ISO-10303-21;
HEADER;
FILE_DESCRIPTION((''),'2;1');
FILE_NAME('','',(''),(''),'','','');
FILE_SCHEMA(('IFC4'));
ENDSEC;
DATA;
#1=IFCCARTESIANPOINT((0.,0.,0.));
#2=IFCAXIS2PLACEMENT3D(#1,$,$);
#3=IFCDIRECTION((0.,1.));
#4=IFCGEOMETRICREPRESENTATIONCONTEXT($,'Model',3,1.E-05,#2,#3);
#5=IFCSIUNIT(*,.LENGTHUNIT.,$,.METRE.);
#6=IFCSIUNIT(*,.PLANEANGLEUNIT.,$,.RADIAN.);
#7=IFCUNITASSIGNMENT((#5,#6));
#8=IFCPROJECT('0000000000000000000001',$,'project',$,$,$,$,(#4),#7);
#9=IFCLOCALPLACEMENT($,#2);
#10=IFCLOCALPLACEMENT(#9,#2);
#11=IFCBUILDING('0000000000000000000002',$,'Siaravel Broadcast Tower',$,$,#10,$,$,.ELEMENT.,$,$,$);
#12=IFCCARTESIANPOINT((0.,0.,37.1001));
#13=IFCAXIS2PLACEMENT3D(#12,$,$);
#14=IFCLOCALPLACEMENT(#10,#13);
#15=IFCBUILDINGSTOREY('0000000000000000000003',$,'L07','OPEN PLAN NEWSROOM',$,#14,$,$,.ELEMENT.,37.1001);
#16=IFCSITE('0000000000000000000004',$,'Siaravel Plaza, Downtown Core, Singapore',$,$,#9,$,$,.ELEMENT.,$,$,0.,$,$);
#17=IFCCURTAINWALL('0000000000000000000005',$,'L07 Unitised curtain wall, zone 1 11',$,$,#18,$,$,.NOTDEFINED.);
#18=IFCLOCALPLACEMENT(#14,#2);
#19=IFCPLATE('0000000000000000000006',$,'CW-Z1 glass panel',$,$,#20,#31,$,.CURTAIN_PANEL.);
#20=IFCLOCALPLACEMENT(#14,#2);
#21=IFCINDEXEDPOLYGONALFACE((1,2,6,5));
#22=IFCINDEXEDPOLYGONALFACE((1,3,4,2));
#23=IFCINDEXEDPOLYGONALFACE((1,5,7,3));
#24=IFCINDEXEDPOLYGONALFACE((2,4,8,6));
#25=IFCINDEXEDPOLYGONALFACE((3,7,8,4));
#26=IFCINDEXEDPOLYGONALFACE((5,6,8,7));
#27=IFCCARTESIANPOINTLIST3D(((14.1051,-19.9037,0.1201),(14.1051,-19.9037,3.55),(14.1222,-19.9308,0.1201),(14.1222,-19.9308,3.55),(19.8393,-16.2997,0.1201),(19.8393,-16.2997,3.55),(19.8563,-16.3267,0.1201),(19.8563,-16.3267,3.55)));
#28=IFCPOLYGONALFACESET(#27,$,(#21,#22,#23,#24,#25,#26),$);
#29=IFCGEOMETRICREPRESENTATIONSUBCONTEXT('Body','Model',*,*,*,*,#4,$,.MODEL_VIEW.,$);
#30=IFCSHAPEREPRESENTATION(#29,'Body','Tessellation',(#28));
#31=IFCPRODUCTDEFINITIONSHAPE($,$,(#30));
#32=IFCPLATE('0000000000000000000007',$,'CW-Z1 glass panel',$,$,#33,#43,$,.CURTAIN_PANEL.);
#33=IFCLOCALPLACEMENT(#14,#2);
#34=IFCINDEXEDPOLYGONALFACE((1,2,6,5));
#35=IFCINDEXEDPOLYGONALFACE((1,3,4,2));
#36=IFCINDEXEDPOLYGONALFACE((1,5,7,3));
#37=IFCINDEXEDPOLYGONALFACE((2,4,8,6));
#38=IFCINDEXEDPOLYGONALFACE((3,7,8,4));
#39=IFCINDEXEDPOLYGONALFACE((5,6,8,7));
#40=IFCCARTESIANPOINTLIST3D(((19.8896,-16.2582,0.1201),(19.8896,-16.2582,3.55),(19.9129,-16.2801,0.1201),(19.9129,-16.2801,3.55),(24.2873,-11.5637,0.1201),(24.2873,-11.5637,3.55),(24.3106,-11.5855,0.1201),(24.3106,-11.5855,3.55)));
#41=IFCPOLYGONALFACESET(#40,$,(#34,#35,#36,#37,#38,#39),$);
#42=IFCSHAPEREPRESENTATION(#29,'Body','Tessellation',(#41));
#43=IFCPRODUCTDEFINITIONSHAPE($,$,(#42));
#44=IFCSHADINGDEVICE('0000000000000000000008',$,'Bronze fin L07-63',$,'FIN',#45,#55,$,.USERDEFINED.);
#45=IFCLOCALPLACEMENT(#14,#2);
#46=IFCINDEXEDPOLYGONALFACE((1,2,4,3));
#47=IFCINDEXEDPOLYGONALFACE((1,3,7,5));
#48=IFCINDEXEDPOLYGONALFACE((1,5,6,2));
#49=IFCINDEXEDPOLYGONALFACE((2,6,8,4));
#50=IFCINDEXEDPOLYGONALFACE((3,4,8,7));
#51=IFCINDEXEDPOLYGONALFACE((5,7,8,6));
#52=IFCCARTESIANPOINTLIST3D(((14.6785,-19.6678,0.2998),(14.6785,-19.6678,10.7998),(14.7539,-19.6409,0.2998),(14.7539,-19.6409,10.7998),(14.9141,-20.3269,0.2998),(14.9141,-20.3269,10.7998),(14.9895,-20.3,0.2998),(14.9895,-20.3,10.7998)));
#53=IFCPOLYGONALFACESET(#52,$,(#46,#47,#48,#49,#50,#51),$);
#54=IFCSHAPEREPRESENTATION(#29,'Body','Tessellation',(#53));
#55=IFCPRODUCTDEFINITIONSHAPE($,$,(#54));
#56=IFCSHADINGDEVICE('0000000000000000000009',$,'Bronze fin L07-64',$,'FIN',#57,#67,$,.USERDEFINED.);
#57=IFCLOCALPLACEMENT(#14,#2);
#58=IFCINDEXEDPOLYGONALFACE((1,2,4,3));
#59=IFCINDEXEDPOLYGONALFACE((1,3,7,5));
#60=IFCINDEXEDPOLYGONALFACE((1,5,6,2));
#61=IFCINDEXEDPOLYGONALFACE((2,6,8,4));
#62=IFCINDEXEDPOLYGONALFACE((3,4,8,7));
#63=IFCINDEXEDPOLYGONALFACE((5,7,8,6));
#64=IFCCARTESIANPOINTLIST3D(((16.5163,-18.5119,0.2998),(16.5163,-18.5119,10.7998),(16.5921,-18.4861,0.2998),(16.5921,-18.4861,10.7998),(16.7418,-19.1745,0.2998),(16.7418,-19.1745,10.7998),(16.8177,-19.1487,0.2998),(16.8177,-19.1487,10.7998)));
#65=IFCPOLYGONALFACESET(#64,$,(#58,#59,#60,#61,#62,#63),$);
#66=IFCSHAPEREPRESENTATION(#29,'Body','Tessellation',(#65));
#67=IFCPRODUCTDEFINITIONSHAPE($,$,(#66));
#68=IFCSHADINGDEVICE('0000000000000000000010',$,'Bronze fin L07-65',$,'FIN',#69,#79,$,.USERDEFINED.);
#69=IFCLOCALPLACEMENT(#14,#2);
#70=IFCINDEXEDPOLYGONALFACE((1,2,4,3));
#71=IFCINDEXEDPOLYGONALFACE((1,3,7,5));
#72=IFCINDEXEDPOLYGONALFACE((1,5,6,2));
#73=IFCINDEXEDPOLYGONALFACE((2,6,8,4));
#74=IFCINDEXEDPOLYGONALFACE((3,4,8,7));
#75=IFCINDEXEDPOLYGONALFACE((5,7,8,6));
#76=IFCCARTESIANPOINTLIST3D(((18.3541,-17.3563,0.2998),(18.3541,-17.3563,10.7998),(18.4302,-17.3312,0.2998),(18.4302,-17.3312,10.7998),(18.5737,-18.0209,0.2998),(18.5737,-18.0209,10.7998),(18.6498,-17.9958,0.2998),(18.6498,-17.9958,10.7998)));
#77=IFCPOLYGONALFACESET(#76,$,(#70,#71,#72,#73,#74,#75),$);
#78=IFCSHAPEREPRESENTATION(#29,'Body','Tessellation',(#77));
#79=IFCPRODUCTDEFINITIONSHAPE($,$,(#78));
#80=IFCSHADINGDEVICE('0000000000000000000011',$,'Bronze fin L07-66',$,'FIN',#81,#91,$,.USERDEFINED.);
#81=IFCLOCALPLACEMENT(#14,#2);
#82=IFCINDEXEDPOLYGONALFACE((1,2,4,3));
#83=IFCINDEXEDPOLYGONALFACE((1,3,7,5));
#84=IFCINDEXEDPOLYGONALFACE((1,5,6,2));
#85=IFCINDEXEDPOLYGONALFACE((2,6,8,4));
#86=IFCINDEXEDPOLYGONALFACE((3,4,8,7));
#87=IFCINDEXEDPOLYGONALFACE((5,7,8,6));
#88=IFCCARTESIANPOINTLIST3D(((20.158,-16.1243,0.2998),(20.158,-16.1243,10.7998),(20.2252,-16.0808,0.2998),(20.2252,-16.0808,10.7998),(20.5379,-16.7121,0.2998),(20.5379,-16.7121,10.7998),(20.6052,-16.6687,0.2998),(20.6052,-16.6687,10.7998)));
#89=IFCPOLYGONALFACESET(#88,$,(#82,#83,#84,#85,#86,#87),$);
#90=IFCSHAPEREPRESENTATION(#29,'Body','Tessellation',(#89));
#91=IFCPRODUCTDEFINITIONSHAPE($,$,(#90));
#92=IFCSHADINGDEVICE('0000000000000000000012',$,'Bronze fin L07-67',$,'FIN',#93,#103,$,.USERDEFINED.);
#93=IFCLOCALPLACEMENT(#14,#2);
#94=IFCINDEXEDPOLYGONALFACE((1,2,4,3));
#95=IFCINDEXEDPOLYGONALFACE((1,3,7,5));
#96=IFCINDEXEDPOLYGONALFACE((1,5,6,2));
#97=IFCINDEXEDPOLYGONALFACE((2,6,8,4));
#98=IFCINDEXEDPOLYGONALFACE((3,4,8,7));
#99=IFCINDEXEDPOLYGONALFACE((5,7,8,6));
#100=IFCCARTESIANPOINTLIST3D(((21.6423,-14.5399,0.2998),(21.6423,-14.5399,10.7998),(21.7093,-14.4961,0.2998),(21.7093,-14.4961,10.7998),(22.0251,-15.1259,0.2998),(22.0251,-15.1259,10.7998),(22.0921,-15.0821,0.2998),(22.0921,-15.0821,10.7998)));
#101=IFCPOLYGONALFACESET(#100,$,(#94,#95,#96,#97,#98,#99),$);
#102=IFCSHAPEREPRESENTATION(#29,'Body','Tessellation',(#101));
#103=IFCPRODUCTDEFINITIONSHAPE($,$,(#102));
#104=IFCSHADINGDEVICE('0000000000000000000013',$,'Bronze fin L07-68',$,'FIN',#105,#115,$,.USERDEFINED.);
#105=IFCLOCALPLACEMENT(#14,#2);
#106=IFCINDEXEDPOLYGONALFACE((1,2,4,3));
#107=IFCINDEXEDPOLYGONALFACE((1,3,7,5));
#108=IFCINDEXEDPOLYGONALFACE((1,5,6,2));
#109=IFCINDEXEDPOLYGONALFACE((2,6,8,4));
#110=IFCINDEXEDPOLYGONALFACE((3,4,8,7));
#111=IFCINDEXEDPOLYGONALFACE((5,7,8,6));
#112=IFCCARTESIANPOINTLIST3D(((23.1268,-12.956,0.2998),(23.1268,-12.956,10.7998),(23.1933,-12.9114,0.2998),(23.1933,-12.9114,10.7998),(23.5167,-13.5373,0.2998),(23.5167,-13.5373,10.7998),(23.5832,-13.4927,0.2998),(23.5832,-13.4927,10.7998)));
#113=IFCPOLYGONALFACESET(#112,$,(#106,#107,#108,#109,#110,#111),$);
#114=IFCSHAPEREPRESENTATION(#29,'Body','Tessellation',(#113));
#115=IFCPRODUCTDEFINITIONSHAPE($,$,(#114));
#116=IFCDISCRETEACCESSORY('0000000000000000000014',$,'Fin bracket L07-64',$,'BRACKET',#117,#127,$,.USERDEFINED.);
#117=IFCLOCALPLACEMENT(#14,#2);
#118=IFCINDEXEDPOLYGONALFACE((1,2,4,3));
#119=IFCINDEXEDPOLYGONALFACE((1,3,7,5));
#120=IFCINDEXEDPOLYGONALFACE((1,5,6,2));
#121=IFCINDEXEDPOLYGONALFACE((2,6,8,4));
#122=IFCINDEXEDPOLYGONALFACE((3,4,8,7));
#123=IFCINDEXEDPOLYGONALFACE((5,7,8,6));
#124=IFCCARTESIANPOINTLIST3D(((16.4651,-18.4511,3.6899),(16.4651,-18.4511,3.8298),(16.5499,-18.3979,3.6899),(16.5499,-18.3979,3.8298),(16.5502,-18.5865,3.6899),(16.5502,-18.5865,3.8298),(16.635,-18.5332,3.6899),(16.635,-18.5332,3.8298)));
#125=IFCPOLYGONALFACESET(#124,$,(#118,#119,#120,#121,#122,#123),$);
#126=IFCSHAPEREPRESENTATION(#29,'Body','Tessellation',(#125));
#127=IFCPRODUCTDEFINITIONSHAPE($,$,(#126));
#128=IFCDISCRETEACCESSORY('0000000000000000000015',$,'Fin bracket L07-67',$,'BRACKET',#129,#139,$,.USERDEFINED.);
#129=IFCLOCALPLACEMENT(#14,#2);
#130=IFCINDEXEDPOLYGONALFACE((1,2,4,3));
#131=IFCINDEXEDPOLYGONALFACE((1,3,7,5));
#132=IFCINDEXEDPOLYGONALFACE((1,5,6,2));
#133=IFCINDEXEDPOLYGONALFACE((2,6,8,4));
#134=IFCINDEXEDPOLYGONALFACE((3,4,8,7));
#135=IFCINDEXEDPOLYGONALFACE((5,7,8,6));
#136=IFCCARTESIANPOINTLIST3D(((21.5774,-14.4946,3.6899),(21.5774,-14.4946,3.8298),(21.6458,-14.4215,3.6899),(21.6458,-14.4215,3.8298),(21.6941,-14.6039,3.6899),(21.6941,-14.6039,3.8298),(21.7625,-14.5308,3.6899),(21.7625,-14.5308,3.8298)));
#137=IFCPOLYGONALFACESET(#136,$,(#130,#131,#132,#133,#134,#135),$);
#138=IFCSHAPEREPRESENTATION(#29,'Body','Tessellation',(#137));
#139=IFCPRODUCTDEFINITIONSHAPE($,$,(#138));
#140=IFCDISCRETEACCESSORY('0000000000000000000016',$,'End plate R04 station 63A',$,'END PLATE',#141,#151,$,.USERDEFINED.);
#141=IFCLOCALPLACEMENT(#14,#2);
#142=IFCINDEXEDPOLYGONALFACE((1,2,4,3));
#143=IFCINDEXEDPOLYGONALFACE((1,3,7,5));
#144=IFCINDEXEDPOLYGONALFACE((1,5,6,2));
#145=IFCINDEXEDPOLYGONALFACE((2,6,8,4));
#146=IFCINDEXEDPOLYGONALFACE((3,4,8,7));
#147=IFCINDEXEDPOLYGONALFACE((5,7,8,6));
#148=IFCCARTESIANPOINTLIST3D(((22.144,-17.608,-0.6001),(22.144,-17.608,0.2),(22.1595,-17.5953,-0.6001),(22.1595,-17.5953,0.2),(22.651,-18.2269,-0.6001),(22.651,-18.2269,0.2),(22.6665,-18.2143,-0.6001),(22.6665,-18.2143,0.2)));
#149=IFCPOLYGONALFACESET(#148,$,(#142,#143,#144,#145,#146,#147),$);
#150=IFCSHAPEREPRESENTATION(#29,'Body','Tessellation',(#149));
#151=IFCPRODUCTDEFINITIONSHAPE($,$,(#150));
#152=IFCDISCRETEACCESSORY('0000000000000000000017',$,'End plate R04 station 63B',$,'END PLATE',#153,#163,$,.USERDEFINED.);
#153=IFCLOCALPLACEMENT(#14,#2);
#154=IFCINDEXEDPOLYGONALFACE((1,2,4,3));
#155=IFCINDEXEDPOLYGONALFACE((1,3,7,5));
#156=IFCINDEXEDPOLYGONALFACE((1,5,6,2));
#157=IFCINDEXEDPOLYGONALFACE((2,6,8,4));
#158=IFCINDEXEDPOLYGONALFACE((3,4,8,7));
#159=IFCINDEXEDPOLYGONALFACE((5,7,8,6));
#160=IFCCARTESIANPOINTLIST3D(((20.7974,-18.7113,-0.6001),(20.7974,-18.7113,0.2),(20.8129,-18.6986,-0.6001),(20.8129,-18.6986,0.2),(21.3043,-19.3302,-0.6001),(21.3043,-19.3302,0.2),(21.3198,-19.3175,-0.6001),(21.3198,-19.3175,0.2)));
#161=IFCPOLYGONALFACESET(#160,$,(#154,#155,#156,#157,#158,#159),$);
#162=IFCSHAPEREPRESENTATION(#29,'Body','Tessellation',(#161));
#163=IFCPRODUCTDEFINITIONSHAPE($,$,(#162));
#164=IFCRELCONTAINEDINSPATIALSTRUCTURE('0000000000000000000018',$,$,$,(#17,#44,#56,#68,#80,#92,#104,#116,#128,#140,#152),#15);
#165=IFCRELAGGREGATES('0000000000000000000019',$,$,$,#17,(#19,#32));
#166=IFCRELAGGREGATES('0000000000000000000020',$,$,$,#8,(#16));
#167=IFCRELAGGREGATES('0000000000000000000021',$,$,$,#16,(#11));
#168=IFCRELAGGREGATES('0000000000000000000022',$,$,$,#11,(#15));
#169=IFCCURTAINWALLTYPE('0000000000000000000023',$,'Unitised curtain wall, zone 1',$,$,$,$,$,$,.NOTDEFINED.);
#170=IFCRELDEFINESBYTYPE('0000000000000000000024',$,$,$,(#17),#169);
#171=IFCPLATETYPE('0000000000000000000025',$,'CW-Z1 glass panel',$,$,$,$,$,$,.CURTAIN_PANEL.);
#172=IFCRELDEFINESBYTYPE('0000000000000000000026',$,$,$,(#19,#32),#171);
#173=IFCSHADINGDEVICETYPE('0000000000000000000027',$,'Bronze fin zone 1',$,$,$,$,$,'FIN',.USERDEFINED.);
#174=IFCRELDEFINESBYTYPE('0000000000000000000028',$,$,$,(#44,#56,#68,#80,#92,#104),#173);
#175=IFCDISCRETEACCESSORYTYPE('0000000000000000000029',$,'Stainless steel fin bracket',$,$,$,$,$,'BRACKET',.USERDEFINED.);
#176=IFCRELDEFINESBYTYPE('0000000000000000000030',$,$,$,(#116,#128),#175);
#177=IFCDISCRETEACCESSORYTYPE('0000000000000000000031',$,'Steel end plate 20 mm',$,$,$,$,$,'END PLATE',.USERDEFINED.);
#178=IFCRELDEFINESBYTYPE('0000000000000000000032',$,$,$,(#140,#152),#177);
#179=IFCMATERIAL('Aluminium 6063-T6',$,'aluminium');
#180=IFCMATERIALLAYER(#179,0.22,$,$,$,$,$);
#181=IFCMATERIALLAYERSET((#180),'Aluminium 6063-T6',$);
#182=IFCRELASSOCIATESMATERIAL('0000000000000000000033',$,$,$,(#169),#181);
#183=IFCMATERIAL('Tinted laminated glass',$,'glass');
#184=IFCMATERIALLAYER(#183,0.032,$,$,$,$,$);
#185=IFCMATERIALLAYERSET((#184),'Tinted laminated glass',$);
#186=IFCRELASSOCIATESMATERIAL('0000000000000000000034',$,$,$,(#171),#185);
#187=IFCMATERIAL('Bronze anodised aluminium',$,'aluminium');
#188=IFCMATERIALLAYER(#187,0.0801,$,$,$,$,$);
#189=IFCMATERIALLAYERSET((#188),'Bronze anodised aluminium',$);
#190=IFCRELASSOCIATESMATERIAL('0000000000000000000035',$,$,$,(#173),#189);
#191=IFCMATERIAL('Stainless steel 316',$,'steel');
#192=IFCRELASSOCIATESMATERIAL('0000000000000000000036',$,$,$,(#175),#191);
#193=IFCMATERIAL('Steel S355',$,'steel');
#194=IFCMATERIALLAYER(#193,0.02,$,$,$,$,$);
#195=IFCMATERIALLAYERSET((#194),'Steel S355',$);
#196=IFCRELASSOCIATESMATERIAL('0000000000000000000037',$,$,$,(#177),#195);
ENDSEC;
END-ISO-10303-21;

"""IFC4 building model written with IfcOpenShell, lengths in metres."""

from ifc_helpers import new_model, si_unit, direction, frame, origin, origin_2d, place, context, subcontext, project, spatial, rectangle, extrude, material, layer, layer_set, type_object, element, aggregate, save


model = new_model("IFC4")

# Units and contexts
model_context = context("Model", 3, precision=1e-05, world=origin(), true_north=direction((0.0, 1.0)))
body_context = subcontext(model_context, "Body", "Model", "MODEL_VIEW")
ifc_project = project(units=[si_unit("LENGTHUNIT", "METRE"), si_unit("PLANEANGLEUNIT", "RADIAN")], contexts=[model_context])

# Site, building, storey
site_placement = place(None, origin())
site = spatial("IfcSite", under=ifc_project, at=site_placement, Name="Siaravel Plaza, Downtown Core, Singapore", CompositionType="ELEMENT", RefElevation=0.0)
building_placement = place(site_placement, origin())
building = spatial("IfcBuilding", under=site, at=building_placement, Name="Siaravel Broadcast Tower", CompositionType="ELEMENT")
storey_placement = place(building_placement, frame((0.0, 0.0, 37.1001)))
storey = spatial("IfcBuildingStorey", under=building, at=storey_placement, Name="L07", Description="OPEN PLAN NEWSROOM", CompositionType="ELEMENT", Elevation=37.1001)

# Shared definitions
ifc_material_1 = material(Name="Steel S355", Category="steel")

# Curtain wall
ifc_material_2 = material(Name="Aluminium 6063-T6", Category="aluminium")
ifc_layer_1 = layer(ifc_material_2, 0.22)
ifc_layer_set_1 = layer_set([ifc_layer_1], Name="Aluminium 6063-T6")
curtain_wall_type = type_object("IfcCurtainWallType", Name="Unitised curtain wall, zone 1", PredefinedType="NOTDEFINED", material=ifc_layer_set_1)
curtain_wall_1_placement = place(storey_placement, origin())
curtain_wall_1 = element("IfcCurtainWall", 1, at=curtain_wall_1_placement, inside=storey, type_object=curtain_wall_type, Name="L07 Unitised curtain wall, zone 1 11", PredefinedType="NOTDEFINED")

# Plates
ifc_material_3 = material(Name="Tinted laminated glass", Category="glass")
ifc_layer_2 = layer(ifc_material_3, 0.032)
ifc_layer_set_2 = layer_set([ifc_layer_2], Name="Tinted laminated glass")
plate_type = type_object("IfcPlateType", Name="CW-Z1 glass panel", PredefinedType="CURTAIN_PANEL", material=ifc_layer_set_2)
plate_1_placement = place(storey_placement, frame((16.9807, -18.1152, 0.1201), z_axis=(0.0, 0.0, 1.0), x_axis=(0.846651, 0.532149, 0.0)))
plate_1 = element("IfcPlate", 2, at=plate_1_placement, type_object=plate_type, Name="CW-Z1 glass panel", PredefinedType="CURTAIN_PANEL", context=body_context, shape_type="SweptSolid", body=[
    extrude(rectangle(XDim=6.7727, YDim=0.032, at=origin_2d()), origin(), (0.0, 0.0, 1.0), 3.4299),
])
plate_2_placement = place(storey_placement, frame((22.1001, -13.9219, 0.1201), z_axis=(0.0, 0.0, 1.0), x_axis=(0.683655, 0.729805, 0.0)))
plate_2 = element("IfcPlate", 3, at=plate_2_placement, type_object=plate_type, Name="CW-Z1 glass panel", PredefinedType="CURTAIN_PANEL", context=body_context, shape_type="SweptSolid", body=[
    extrude(rectangle(XDim=6.4326, YDim=0.032, at=origin_2d()), origin(), (0.0, 0.0, 1.0), 3.4299),
])
aggregate(curtain_wall_1, [plate_1, plate_2])

# Shading devices
ifc_material_4 = material(Name="Bronze anodised aluminium", Category="aluminium")
ifc_layer_3 = layer(ifc_material_4, 0.0801)
ifc_layer_set_3 = layer_set([ifc_layer_3], Name="Bronze anodised aluminium")
shading_device_type = type_object("IfcShadingDeviceType", Name="Bronze fin zone 1", ElementType="FIN", PredefinedType="USERDEFINED", material=ifc_layer_set_3)
for number, where, z_axis, x_axis, name in (
    (4, (14.834, -19.9839, 0.2998), (0.0, 0.0, 1.0), (0.336571, -0.941658, 0.0), "Bronze fin L07-63"),
    (5, (16.667, -18.8303, 0.2998), (0.0, 0.0, 1.0), (0.322176, -0.94668, 0.0), "Bronze fin L07-64"),
    (6, (18.502, -17.676, 0.2998), (0.0, 0.0, 1.0), (0.313739, -0.949509, 0.0), "Bronze fin L07-65"),
    (7, (20.3816, -16.3965, 0.2998), (0.0, 0.0, 1.0), (0.542812, -0.839854, 0.0), "Bronze fin L07-66"),
    (8, (21.8672, -14.811, 0.2998), (0.0, 0.0, 1.0), (0.546869, -0.837218, 0.0), "Bronze fin L07-67"),
    (9, (23.355, -13.2244, 0.2998), (0.0, 0.0, 1.0), (0.55699, -0.830519, 0.0), "Bronze fin L07-68"),
):
    element("IfcShadingDevice", number, at=place(storey_placement, frame(where, z_axis=z_axis, x_axis=x_axis)), inside=storey, type_object=shading_device_type, Name=name, ObjectType="FIN", PredefinedType="USERDEFINED", context=body_context, shape_type="SweptSolid", body=[
        extrude(rectangle(XDim=0.7, YDim=0.0801, at=origin_2d()), origin(), (0.0, 0.0, 1.0), 10.5),
    ])

# Discrete accessories
ifc_material_5 = material(Name="Stainless steel 316", Category="steel")
discrete_accessory_type_1 = type_object("IfcDiscreteAccessoryType", Name="Stainless steel fin bracket", ElementType="BRACKET", PredefinedType="USERDEFINED", material=ifc_material_5)
for number, where, z_axis, x_axis, name in (
    (10, (16.55, -18.4922, 3.6899), (0.0, 0.0, 1.0), (0.532149, -0.84665, 0.0), "Fin bracket L07-64"),
    (11, (21.6699, -14.5127, 3.6899), (0.0, 0.0, 1.0), (0.729804, -0.683656, 0.0), "Fin bracket L07-67"),
):
    element("IfcDiscreteAccessory", number, at=place(storey_placement, frame(where, z_axis=z_axis, x_axis=x_axis)), inside=storey, type_object=discrete_accessory_type_1, Name=name, ObjectType="BRACKET", PredefinedType="USERDEFINED", context=body_context, shape_type="SweptSolid", body=[
        extrude(rectangle(XDim=0.1599, YDim=0.1001, at=origin_2d()), origin(), (0.0, 0.0, 1.0), 0.1399),
    ])
ifc_layer_4 = layer(ifc_material_1, 0.02)
ifc_layer_set_4 = layer_set([ifc_layer_4], Name="Steel S355")
discrete_accessory_type_2 = type_object("IfcDiscreteAccessoryType", Name="Steel end plate 20 mm", ElementType="END PLATE", PredefinedType="USERDEFINED", material=ifc_layer_set_4)
for number, where, z_axis, x_axis, name in (
    (12, (22.4053, -17.9111, -0.6001), (0.0, 0.0, 1.0), (0.773605, 0.633669, 0.0), "End plate R04 station 63A"),
    (13, (21.0586, -19.0144, -0.6001), (0.0, 0.0, 1.0), (0.773605, 0.633669, 0.0), "End plate R04 station 63B"),
):
    element("IfcDiscreteAccessory", number, at=place(storey_placement, frame(where, z_axis=z_axis, x_axis=x_axis)), inside=storey, type_object=discrete_accessory_type_2, Name=name, ObjectType="END PLATE", PredefinedType="USERDEFINED", context=body_context, shape_type="SweptSolid", body=[
        extrude(rectangle(XDim=0.02, YDim=0.8, at=origin_2d()), origin(), (0.0, 0.0, 1.0), 0.8),
    ])

save(model, "model.ifc")
